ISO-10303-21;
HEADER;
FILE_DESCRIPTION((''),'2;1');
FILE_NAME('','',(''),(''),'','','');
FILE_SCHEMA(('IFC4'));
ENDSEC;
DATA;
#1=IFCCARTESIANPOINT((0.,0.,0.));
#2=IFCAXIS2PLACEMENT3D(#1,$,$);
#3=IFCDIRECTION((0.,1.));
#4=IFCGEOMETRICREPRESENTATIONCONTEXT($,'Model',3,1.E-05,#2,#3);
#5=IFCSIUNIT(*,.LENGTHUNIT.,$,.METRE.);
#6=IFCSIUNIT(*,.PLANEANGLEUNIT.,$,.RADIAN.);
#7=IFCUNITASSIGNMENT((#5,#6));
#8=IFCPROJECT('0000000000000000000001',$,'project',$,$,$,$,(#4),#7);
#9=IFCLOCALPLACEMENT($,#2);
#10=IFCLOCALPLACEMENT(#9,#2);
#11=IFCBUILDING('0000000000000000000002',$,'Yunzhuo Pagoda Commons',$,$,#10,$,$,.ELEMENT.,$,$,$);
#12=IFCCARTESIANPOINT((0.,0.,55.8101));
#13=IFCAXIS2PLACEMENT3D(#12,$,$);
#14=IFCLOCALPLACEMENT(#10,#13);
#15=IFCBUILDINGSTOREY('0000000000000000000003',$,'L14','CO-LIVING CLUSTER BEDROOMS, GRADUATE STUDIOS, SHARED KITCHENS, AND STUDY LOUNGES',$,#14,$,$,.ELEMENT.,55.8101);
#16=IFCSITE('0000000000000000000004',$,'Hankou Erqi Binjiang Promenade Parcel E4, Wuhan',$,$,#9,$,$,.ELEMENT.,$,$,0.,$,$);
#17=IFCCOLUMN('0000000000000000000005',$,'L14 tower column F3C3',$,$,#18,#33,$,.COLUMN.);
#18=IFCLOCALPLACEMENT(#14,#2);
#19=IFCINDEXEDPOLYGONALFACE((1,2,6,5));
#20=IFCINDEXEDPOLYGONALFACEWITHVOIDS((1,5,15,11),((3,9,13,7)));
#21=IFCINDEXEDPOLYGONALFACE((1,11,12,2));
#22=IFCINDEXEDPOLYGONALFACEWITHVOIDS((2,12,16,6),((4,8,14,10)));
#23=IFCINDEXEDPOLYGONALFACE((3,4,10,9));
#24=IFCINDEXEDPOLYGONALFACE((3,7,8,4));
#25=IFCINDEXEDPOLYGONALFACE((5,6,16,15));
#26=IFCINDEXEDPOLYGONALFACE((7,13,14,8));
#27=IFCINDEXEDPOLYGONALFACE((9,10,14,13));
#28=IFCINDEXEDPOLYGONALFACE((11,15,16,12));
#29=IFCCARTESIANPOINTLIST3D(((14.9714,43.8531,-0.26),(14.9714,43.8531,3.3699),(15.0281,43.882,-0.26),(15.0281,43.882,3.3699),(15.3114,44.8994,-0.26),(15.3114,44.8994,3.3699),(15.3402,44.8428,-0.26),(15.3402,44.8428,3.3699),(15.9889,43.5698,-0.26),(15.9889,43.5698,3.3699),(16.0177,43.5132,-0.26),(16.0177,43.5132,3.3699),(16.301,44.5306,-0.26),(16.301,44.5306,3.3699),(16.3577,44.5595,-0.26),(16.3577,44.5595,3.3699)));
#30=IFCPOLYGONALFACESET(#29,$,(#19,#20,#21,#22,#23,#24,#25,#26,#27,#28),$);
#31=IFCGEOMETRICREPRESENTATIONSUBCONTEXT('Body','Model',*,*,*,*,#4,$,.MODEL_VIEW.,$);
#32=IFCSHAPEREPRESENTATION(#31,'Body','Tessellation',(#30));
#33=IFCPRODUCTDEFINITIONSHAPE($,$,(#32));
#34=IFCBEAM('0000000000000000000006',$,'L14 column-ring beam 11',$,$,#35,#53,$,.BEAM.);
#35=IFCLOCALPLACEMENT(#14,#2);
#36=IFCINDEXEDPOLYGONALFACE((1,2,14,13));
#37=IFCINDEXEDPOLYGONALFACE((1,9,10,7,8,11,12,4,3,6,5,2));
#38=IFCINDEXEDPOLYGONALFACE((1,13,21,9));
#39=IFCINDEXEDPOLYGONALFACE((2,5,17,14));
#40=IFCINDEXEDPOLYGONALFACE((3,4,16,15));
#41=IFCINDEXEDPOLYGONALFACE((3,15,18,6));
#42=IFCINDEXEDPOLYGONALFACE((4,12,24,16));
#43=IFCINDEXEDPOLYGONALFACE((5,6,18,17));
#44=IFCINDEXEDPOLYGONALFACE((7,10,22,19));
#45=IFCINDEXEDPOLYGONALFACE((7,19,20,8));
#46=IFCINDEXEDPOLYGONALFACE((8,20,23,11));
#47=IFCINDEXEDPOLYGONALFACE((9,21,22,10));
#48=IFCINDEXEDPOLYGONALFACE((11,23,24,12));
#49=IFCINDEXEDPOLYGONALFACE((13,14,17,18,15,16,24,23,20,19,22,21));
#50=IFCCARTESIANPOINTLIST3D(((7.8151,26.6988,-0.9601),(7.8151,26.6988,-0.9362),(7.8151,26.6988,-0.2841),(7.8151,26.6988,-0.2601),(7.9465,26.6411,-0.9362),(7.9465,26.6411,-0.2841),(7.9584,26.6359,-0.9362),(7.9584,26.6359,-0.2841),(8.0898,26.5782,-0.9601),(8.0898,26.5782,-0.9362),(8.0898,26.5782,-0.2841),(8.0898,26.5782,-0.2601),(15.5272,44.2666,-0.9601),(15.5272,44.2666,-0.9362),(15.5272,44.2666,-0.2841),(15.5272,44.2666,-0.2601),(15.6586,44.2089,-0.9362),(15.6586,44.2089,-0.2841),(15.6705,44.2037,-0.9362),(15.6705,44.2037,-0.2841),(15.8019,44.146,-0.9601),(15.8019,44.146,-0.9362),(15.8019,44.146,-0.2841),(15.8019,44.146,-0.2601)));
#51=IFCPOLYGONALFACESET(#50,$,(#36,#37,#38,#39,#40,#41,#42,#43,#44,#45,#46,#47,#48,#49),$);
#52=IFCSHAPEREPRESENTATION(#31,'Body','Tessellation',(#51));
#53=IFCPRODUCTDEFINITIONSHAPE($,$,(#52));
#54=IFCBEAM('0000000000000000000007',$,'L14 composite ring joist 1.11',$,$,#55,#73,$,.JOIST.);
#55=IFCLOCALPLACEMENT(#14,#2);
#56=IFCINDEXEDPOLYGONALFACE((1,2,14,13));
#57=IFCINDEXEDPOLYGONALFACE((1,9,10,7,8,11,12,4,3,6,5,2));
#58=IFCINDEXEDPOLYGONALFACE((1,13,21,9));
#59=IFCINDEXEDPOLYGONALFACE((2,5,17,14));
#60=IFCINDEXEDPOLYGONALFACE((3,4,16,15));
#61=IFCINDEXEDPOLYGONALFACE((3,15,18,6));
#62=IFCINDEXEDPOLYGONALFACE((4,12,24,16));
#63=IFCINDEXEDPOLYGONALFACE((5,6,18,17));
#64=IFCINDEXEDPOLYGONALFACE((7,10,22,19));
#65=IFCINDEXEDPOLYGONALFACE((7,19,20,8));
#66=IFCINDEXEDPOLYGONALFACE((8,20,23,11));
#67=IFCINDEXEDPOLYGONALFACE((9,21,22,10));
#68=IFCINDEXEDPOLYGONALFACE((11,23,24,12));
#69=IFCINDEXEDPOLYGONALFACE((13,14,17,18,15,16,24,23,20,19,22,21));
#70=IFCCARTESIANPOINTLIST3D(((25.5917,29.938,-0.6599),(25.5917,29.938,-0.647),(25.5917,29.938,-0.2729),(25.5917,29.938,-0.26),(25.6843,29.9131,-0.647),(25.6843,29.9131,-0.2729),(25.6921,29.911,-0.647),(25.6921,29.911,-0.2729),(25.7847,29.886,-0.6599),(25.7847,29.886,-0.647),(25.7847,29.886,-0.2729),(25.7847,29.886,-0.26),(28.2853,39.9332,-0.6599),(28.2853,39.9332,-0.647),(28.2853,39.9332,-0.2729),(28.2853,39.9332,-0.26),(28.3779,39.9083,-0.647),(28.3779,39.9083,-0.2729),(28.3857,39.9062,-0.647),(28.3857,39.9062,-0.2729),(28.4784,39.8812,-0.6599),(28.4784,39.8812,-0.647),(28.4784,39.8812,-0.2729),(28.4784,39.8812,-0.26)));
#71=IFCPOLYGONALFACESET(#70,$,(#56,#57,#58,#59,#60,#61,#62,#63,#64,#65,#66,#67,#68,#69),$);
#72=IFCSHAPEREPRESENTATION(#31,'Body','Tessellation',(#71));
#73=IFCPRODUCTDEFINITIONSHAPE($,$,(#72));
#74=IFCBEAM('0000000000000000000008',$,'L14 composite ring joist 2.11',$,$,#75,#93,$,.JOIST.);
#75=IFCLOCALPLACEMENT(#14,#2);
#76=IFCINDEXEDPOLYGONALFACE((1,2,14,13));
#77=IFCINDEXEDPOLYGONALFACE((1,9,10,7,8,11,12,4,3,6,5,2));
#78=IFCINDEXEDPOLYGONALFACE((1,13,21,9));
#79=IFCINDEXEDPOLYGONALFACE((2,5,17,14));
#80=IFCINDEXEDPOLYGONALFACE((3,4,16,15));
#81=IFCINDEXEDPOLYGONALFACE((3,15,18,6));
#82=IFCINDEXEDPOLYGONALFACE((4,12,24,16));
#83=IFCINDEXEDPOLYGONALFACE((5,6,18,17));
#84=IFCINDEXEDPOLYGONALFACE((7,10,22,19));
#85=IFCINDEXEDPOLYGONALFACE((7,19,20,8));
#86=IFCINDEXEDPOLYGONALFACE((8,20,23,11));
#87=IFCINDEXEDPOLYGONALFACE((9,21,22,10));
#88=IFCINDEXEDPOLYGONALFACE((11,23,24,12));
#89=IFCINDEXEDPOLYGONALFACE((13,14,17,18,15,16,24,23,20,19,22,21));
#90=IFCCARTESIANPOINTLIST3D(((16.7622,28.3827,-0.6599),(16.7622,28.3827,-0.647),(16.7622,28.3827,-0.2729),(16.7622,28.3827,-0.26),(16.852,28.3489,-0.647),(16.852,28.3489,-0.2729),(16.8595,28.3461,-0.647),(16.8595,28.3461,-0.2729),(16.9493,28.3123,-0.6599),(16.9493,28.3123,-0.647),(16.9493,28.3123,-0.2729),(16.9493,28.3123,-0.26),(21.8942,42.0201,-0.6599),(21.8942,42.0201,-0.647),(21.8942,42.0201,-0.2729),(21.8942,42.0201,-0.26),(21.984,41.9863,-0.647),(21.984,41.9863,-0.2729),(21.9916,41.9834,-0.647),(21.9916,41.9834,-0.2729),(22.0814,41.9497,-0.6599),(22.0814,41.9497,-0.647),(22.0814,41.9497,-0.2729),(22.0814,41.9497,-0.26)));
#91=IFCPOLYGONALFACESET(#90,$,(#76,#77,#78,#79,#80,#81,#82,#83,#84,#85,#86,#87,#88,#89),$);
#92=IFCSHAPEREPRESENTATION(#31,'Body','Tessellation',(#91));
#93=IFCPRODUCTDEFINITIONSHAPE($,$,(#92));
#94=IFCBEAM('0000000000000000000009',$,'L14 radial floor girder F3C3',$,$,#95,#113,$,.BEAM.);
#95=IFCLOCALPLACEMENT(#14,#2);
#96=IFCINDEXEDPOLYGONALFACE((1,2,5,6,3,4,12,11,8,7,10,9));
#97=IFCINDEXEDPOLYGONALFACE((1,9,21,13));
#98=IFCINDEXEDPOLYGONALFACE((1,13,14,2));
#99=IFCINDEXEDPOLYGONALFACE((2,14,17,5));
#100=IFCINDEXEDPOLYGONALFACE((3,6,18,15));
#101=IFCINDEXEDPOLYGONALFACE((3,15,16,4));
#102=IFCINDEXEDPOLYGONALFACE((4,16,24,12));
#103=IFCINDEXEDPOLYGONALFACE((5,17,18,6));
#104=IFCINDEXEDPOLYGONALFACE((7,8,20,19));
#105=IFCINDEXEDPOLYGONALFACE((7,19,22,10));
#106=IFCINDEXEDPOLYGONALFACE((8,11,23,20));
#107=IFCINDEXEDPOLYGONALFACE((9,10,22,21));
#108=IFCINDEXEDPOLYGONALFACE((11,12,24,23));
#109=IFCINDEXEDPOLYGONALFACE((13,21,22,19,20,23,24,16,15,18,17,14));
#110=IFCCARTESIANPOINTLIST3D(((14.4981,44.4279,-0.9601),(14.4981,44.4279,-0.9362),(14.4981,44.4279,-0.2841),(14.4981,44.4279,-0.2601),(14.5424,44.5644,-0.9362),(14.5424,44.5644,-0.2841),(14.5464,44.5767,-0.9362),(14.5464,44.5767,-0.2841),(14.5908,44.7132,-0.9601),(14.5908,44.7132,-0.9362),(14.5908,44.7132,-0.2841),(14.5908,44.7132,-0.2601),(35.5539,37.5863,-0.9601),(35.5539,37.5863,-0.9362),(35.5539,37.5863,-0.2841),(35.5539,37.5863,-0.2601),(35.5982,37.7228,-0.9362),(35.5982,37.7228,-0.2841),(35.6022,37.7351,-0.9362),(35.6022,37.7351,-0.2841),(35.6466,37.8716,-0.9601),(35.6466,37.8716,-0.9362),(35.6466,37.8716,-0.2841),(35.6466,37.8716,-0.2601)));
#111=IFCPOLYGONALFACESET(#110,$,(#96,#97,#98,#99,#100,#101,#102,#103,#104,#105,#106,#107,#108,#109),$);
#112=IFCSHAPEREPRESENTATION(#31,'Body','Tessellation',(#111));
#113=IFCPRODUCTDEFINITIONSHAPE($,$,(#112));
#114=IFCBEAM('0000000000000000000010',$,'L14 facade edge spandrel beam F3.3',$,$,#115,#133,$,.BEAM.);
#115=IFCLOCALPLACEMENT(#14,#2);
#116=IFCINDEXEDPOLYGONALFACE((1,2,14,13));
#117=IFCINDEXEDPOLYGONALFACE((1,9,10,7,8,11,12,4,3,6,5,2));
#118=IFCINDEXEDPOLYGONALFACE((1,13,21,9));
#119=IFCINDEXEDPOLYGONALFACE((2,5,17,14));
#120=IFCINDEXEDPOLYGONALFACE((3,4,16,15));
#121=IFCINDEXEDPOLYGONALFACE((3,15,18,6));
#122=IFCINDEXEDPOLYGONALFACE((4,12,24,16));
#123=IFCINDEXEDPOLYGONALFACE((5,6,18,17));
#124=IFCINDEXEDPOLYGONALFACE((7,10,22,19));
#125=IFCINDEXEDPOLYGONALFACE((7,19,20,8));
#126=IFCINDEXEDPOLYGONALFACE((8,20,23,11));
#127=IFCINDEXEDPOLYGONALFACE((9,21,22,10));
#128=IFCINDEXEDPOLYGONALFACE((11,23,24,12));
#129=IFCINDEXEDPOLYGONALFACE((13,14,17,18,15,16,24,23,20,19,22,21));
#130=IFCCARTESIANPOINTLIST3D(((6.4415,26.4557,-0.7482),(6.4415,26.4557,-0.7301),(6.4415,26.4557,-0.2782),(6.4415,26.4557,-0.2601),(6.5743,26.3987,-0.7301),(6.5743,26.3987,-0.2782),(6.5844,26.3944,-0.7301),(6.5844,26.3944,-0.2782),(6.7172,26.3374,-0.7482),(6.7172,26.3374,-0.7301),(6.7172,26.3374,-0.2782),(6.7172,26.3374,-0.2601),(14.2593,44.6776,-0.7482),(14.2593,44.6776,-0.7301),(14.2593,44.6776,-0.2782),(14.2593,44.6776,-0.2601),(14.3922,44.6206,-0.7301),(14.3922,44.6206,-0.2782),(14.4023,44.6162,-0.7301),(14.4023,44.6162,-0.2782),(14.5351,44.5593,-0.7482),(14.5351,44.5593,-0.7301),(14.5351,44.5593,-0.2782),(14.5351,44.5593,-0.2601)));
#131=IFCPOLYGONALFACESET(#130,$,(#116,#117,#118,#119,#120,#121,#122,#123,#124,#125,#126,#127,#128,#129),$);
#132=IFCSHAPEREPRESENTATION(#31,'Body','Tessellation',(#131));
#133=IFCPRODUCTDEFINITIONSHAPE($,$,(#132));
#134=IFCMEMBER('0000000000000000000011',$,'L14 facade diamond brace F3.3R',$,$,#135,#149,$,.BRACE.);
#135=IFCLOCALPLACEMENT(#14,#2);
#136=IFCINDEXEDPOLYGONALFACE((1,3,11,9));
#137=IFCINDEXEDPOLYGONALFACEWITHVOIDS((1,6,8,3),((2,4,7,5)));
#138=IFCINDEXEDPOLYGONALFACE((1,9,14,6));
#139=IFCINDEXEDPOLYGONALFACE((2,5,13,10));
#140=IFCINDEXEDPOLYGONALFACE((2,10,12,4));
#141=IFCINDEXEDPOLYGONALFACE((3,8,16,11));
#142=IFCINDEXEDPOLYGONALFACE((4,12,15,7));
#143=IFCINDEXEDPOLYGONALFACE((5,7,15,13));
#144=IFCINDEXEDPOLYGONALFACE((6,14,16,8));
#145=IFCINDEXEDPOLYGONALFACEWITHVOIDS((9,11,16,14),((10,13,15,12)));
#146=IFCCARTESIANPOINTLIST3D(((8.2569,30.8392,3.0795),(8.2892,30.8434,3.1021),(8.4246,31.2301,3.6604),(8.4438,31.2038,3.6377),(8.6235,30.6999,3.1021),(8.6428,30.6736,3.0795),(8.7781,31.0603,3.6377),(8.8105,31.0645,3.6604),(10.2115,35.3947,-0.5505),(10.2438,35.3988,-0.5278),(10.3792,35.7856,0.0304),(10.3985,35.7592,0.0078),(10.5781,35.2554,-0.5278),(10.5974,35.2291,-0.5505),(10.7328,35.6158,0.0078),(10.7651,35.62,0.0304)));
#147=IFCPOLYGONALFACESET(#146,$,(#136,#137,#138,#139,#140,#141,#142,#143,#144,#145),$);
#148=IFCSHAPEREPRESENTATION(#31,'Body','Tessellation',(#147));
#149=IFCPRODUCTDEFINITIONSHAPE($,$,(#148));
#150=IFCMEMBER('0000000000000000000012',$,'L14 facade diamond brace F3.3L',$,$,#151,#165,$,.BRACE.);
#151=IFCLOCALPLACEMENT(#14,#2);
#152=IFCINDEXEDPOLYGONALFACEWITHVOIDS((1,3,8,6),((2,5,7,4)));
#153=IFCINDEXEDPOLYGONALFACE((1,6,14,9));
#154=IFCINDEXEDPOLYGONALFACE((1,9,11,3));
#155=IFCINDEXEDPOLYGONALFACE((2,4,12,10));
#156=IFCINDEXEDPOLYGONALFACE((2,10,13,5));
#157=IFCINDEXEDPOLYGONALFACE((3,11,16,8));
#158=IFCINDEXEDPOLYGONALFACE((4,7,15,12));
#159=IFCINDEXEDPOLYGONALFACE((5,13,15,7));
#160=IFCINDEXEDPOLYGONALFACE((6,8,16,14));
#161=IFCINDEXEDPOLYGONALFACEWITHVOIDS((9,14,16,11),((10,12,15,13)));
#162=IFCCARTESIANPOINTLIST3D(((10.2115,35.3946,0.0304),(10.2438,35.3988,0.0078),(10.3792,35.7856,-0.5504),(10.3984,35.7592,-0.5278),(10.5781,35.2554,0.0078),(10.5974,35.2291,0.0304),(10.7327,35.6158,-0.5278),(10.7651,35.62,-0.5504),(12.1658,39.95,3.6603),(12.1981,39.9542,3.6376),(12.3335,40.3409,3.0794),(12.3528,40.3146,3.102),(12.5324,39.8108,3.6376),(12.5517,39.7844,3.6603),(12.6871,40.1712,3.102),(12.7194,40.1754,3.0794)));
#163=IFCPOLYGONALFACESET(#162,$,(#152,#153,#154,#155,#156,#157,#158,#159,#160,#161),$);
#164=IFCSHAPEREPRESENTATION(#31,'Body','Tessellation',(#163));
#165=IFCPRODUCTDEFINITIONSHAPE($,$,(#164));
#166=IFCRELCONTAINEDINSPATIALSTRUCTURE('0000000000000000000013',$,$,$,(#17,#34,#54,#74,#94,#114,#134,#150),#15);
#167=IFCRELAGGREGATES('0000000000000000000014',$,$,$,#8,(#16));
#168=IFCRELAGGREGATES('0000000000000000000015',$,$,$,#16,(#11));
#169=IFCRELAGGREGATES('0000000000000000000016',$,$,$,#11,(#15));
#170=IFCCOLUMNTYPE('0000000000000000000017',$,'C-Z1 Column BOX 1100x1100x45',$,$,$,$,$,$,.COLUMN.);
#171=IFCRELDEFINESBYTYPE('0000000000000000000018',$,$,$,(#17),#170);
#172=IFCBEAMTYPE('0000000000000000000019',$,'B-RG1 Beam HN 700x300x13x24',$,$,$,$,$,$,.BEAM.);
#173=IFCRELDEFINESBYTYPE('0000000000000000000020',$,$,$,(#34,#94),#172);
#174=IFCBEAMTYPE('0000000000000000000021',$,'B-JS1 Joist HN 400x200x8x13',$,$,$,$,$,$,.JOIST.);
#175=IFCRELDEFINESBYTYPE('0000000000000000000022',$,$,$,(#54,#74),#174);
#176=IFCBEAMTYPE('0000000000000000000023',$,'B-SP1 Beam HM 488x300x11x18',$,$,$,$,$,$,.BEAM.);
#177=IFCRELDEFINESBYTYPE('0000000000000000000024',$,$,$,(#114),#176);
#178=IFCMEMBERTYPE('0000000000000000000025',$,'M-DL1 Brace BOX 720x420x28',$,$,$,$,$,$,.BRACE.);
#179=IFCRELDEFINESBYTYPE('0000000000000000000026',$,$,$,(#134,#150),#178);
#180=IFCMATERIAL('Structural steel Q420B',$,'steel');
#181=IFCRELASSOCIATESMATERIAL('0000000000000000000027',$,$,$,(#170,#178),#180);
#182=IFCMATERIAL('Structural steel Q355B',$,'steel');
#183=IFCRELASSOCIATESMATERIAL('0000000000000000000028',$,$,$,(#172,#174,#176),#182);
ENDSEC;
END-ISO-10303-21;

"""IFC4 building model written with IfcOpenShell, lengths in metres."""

from ifc_helpers import new_model, si_unit, direction, frame, origin, origin_2d, place, context, subcontext, project, spatial, hollow_rectangle, i_section, extrude, source, transform, mapped, material, material_profile, profile_set, type_object, element, save


model = new_model("IFC4")

# Units and contexts
model_context = context("Model", 3, precision=1e-05, world=origin(), true_north=direction((0.0, 1.0)))
body_context = subcontext(model_context, "Body", "Model", "MODEL_VIEW")
ifc_project = project(units=[si_unit("LENGTHUNIT", "METRE"), si_unit("PLANEANGLEUNIT", "RADIAN")], contexts=[model_context])

# Site, building, storey
site_placement = place(None, origin())
site = spatial("IfcSite", under=ifc_project, at=site_placement, Name="Hankou Erqi Binjiang Promenade Parcel E4, Wuhan", CompositionType="ELEMENT", RefElevation=0.0)
building_placement = place(site_placement, origin())
building = spatial("IfcBuilding", under=site, at=building_placement, Name="Yunzhuo Pagoda Commons", CompositionType="ELEMENT")
storey_placement = place(building_placement, frame((0.0, 0.0, 55.8101)))
storey = spatial("IfcBuildingStorey", under=building, at=storey_placement, Name="L14", Description="CO-LIVING CLUSTER BEDROOMS, GRADUATE STUDIOS, SHARED KITCHENS, AND STUDY LOUNGES", CompositionType="ELEMENT", Elevation=55.8101)

# Column
ifc_material_1 = material(Name="Structural steel Q420B", Category="steel")
ifc_material_profile_1 = material_profile(ifc_material_1, hollow_rectangle(XDim=1.1001, YDim=1.1001, WallThickness=0.0449, at=origin_2d()), Name="Structural steel Q420B")
ifc_profile_set_1 = profile_set([ifc_material_profile_1], Name="Structural steel Q420B")
column_type = type_object("IfcColumnType", Name="C-Z1 Column BOX 1100x1100x45", PredefinedType="COLUMN", material=ifc_profile_set_1)
shared_shape_1 = source(origin(), body_context, "Body", "SweptSolid", [
    extrude(hollow_rectangle(XDim=1.1001, YDim=1.1001, WallThickness=0.0449, at=origin_2d()), origin(), (0.0, 0.0, 1.0), 3.6299),
])
column_placement = place(storey_placement, frame((15.6646, 44.2063, -0.26), z_axis=(0.0, 0.0, 1.0), x_axis=(-0.309017, -0.951057, 0.0)))
element("IfcColumn", 1, at=column_placement, inside=storey, type_object=column_type, Name="L14 tower column F3C3", PredefinedType="COLUMN", context=body_context, shape_type="MappedRepresentation", body=[
    mapped(shared_shape_1, transform((0.0, 0.0, 0.0), scale=1.0)),
])

# Beams
ifc_material_2 = material(Name="Structural steel Q355B", Category="steel")
ifc_material_profile_2 = material_profile(ifc_material_2, i_section(OverallWidth=0.3, OverallDepth=0.7, WebThickness=0.0129, FlangeThickness=0.0239, at=origin_2d()), Name="Structural steel Q355B")
ifc_profile_set_2 = profile_set([ifc_material_profile_2], Name="Structural steel Q355B")
beam_type_1 = type_object("IfcBeamType", Name="B-RG1 Beam HN 700x300x13x24", PredefinedType="BEAM", material=ifc_profile_set_2)
shared_shape_2 = source(origin(), body_context, "Body", "SweptSolid", [
    extrude(i_section(OverallWidth=0.3, OverallDepth=0.7, WebThickness=0.0129, FlangeThickness=0.0239, at=origin_2d()), origin(), (0.0, 0.0, 1.0), 19.186),
])
beam_1_placement = place(storey_placement, frame((15.6646, 44.2063, -0.6101), z_axis=(-0.401965, -0.915655, 0.0), x_axis=(0.915655, -0.401965, 0.0)))
element("IfcBeam", 2, at=beam_1_placement, inside=storey, type_object=beam_type_1, Name="L14 column-ring beam 11", PredefinedType="BEAM", context=body_context, shape_type="MappedRepresentation", body=[
    mapped(shared_shape_2, transform((0.0, 0.0, 0.0), scale=1.0)),
])
ifc_material_profile_3 = material_profile(ifc_material_2, i_section(OverallWidth=0.2, OverallDepth=0.3999, WebThickness=0.0081, FlangeThickness=0.0129, at=origin_2d()), Name="Structural steel Q355B")
ifc_profile_set_3 = profile_set([ifc_material_profile_3], Name="Structural steel Q355B")
beam_type_2 = type_object("IfcBeamType", Name="B-JS1 Joist HN 400x200x8x13", PredefinedType="JOIST", material=ifc_profile_set_3)
shared_shape_3 = source(origin(), body_context, "Body", "SweptSolid", [
    extrude(i_section(OverallWidth=0.2, OverallDepth=0.3999, WebThickness=0.0081, FlangeThickness=0.0129, at=origin_2d()), origin(), (0.0, 0.0, 1.0), 10.3518),
])
beam_2_placement = place(storey_placement, frame((28.3818, 39.9072, -0.46), z_axis=(-0.260209, -0.965552, 0.0), x_axis=(0.965552, -0.260209, 0.0)))
element("IfcBeam", 3, at=beam_2_placement, inside=storey, type_object=beam_type_2, Name="L14 composite ring joist 1.11", PredefinedType="JOIST", context=body_context, shape_type="MappedRepresentation", body=[
    mapped(shared_shape_3, transform((0.0, 0.0, 0.0), scale=1.0)),
])
shared_shape_4 = source(origin(), body_context, "Body", "SweptSolid", [
    extrude(i_section(OverallWidth=0.2, OverallDepth=0.3999, WebThickness=0.0081, FlangeThickness=0.0129, at=origin_2d()), origin(), (0.0, 0.0, 1.0), 14.571),
])
beam_3_placement = place(storey_placement, frame((21.9878, 41.9849, -0.46), z_axis=(-0.352208, -0.935922, 0.0), x_axis=(0.935922, -0.352208, 0.0)))
element("IfcBeam", 4, at=beam_3_placement, inside=storey, type_object=beam_type_2, Name="L14 composite ring joist 2.11", PredefinedType="JOIST", context=body_context, shape_type="MappedRepresentation", body=[
    mapped(shared_shape_4, transform((0.0, 0.0, 0.0), scale=1.0)),
])
shared_shape_5 = source(origin(), body_context, "Body", "SweptSolid", [
    extrude(i_section(OverallWidth=0.3, OverallDepth=0.7, WebThickness=0.0129, FlangeThickness=0.0239, at=origin_2d()), origin(), (0.0, 0.0, 1.0), 22.1394),
])
beam_4_placement = place(storey_placement, frame((14.5444, 44.5706, -0.6101), z_axis=(0.951054, -0.309023, 0.0), x_axis=(0.309023, 0.951054, 0.0)))
element("IfcBeam", 5, at=beam_4_placement, inside=storey, type_object=beam_type_1, Name="L14 radial floor girder F3C3", PredefinedType="BEAM", context=body_context, shape_type="MappedRepresentation", body=[
    mapped(shared_shape_5, transform((0.0, 0.0, 0.0), scale=1.0)),
])
ifc_material_profile_4 = material_profile(ifc_material_2, i_section(OverallWidth=0.3, OverallDepth=0.488, WebThickness=0.011, FlangeThickness=0.0181, at=origin_2d()), Name="Structural steel Q355B")
ifc_profile_set_4 = profile_set([ifc_material_profile_4], Name="Structural steel Q355B")
beam_type_3 = type_object("IfcBeamType", Name="B-SP1 Beam HM 488x300x11x18", PredefinedType="BEAM", material=ifc_profile_set_4)
shared_shape_6 = source(origin(), body_context, "Body", "SweptSolid", [
    extrude(i_section(OverallWidth=0.3, OverallDepth=0.488, WebThickness=0.011, FlangeThickness=0.0181, at=origin_2d()), origin(), (0.0, 0.0, 1.0), 19.8281),
])
beam_5_placement = place(storey_placement, frame((14.3972, 44.6184, -0.5042), z_axis=(-0.39428, -0.91899, 0.0), x_axis=(0.91899, -0.39428, 0.0)))
element("IfcBeam", 6, at=beam_5_placement, inside=storey, type_object=beam_type_3, Name="L14 facade edge spandrel beam F3.3", PredefinedType="BEAM", context=body_context, shape_type="MappedRepresentation", body=[
    mapped(shared_shape_6, transform((0.0, 0.0, 0.0), scale=1.0)),
])

# Members
ifc_material_profile_5 = material_profile(ifc_material_1, hollow_rectangle(XDim=0.4199, YDim=0.72, WallThickness=0.0281, at=origin_2d()), Name="Structural steel Q420B")
ifc_profile_set_5 = profile_set([ifc_material_profile_5], Name="Structural steel Q420B")
member_type_1 = type_object("IfcMemberType", Name="M-DL1 Brace BOX 720x420x28", PredefinedType="BRACE", material=ifc_profile_set_5)
shared_shape_7 = source(origin(), body_context, "Body", "SweptSolid", [
    extrude(hollow_rectangle(XDim=0.4199, YDim=0.72, WallThickness=0.0281, at=origin_2d()), origin(), (0.0, 0.0, 1.0), 6.144),
])
member_1_placement = place(storey_placement, frame((10.4883, 35.5073, -0.26), z_axis=(-0.318132, -0.741446, 0.590804), x_axis=(0.918979, -0.394306, 0.0)))
element("IfcMember", 7, at=member_1_placement, inside=storey, type_object=member_type_1, Name="L14 facade diamond brace F3.3R", PredefinedType="BRACE", context=body_context, shape_type="MappedRepresentation", body=[
    mapped(shared_shape_7, transform((0.0, 0.0, 0.0), scale=1.0)),
])
shared_shape_8 = source(origin(), body_context, "Body", "SweptSolid", [
    extrude(hollow_rectangle(XDim=0.4199, YDim=0.72, WallThickness=0.0281, at=origin_2d()), origin(), (0.0, 0.0, 1.0), 6.1438),
])
member_2_placement = place(storey_placement, frame((10.4883, 35.5073, -0.26), z_axis=(0.318096, 0.741455, 0.590812), x_axis=(-0.918997, 0.394264, 0.0)))
element("IfcMember", 8, at=member_2_placement, inside=storey, type_object=member_type_1, Name="L14 facade diamond brace F3.3L", PredefinedType="BRACE", context=body_context, shape_type="MappedRepresentation", body=[
    mapped(shared_shape_8, transform((0.0, 0.0, 0.0), scale=1.0)),
])

save(model, "model.ifc")
